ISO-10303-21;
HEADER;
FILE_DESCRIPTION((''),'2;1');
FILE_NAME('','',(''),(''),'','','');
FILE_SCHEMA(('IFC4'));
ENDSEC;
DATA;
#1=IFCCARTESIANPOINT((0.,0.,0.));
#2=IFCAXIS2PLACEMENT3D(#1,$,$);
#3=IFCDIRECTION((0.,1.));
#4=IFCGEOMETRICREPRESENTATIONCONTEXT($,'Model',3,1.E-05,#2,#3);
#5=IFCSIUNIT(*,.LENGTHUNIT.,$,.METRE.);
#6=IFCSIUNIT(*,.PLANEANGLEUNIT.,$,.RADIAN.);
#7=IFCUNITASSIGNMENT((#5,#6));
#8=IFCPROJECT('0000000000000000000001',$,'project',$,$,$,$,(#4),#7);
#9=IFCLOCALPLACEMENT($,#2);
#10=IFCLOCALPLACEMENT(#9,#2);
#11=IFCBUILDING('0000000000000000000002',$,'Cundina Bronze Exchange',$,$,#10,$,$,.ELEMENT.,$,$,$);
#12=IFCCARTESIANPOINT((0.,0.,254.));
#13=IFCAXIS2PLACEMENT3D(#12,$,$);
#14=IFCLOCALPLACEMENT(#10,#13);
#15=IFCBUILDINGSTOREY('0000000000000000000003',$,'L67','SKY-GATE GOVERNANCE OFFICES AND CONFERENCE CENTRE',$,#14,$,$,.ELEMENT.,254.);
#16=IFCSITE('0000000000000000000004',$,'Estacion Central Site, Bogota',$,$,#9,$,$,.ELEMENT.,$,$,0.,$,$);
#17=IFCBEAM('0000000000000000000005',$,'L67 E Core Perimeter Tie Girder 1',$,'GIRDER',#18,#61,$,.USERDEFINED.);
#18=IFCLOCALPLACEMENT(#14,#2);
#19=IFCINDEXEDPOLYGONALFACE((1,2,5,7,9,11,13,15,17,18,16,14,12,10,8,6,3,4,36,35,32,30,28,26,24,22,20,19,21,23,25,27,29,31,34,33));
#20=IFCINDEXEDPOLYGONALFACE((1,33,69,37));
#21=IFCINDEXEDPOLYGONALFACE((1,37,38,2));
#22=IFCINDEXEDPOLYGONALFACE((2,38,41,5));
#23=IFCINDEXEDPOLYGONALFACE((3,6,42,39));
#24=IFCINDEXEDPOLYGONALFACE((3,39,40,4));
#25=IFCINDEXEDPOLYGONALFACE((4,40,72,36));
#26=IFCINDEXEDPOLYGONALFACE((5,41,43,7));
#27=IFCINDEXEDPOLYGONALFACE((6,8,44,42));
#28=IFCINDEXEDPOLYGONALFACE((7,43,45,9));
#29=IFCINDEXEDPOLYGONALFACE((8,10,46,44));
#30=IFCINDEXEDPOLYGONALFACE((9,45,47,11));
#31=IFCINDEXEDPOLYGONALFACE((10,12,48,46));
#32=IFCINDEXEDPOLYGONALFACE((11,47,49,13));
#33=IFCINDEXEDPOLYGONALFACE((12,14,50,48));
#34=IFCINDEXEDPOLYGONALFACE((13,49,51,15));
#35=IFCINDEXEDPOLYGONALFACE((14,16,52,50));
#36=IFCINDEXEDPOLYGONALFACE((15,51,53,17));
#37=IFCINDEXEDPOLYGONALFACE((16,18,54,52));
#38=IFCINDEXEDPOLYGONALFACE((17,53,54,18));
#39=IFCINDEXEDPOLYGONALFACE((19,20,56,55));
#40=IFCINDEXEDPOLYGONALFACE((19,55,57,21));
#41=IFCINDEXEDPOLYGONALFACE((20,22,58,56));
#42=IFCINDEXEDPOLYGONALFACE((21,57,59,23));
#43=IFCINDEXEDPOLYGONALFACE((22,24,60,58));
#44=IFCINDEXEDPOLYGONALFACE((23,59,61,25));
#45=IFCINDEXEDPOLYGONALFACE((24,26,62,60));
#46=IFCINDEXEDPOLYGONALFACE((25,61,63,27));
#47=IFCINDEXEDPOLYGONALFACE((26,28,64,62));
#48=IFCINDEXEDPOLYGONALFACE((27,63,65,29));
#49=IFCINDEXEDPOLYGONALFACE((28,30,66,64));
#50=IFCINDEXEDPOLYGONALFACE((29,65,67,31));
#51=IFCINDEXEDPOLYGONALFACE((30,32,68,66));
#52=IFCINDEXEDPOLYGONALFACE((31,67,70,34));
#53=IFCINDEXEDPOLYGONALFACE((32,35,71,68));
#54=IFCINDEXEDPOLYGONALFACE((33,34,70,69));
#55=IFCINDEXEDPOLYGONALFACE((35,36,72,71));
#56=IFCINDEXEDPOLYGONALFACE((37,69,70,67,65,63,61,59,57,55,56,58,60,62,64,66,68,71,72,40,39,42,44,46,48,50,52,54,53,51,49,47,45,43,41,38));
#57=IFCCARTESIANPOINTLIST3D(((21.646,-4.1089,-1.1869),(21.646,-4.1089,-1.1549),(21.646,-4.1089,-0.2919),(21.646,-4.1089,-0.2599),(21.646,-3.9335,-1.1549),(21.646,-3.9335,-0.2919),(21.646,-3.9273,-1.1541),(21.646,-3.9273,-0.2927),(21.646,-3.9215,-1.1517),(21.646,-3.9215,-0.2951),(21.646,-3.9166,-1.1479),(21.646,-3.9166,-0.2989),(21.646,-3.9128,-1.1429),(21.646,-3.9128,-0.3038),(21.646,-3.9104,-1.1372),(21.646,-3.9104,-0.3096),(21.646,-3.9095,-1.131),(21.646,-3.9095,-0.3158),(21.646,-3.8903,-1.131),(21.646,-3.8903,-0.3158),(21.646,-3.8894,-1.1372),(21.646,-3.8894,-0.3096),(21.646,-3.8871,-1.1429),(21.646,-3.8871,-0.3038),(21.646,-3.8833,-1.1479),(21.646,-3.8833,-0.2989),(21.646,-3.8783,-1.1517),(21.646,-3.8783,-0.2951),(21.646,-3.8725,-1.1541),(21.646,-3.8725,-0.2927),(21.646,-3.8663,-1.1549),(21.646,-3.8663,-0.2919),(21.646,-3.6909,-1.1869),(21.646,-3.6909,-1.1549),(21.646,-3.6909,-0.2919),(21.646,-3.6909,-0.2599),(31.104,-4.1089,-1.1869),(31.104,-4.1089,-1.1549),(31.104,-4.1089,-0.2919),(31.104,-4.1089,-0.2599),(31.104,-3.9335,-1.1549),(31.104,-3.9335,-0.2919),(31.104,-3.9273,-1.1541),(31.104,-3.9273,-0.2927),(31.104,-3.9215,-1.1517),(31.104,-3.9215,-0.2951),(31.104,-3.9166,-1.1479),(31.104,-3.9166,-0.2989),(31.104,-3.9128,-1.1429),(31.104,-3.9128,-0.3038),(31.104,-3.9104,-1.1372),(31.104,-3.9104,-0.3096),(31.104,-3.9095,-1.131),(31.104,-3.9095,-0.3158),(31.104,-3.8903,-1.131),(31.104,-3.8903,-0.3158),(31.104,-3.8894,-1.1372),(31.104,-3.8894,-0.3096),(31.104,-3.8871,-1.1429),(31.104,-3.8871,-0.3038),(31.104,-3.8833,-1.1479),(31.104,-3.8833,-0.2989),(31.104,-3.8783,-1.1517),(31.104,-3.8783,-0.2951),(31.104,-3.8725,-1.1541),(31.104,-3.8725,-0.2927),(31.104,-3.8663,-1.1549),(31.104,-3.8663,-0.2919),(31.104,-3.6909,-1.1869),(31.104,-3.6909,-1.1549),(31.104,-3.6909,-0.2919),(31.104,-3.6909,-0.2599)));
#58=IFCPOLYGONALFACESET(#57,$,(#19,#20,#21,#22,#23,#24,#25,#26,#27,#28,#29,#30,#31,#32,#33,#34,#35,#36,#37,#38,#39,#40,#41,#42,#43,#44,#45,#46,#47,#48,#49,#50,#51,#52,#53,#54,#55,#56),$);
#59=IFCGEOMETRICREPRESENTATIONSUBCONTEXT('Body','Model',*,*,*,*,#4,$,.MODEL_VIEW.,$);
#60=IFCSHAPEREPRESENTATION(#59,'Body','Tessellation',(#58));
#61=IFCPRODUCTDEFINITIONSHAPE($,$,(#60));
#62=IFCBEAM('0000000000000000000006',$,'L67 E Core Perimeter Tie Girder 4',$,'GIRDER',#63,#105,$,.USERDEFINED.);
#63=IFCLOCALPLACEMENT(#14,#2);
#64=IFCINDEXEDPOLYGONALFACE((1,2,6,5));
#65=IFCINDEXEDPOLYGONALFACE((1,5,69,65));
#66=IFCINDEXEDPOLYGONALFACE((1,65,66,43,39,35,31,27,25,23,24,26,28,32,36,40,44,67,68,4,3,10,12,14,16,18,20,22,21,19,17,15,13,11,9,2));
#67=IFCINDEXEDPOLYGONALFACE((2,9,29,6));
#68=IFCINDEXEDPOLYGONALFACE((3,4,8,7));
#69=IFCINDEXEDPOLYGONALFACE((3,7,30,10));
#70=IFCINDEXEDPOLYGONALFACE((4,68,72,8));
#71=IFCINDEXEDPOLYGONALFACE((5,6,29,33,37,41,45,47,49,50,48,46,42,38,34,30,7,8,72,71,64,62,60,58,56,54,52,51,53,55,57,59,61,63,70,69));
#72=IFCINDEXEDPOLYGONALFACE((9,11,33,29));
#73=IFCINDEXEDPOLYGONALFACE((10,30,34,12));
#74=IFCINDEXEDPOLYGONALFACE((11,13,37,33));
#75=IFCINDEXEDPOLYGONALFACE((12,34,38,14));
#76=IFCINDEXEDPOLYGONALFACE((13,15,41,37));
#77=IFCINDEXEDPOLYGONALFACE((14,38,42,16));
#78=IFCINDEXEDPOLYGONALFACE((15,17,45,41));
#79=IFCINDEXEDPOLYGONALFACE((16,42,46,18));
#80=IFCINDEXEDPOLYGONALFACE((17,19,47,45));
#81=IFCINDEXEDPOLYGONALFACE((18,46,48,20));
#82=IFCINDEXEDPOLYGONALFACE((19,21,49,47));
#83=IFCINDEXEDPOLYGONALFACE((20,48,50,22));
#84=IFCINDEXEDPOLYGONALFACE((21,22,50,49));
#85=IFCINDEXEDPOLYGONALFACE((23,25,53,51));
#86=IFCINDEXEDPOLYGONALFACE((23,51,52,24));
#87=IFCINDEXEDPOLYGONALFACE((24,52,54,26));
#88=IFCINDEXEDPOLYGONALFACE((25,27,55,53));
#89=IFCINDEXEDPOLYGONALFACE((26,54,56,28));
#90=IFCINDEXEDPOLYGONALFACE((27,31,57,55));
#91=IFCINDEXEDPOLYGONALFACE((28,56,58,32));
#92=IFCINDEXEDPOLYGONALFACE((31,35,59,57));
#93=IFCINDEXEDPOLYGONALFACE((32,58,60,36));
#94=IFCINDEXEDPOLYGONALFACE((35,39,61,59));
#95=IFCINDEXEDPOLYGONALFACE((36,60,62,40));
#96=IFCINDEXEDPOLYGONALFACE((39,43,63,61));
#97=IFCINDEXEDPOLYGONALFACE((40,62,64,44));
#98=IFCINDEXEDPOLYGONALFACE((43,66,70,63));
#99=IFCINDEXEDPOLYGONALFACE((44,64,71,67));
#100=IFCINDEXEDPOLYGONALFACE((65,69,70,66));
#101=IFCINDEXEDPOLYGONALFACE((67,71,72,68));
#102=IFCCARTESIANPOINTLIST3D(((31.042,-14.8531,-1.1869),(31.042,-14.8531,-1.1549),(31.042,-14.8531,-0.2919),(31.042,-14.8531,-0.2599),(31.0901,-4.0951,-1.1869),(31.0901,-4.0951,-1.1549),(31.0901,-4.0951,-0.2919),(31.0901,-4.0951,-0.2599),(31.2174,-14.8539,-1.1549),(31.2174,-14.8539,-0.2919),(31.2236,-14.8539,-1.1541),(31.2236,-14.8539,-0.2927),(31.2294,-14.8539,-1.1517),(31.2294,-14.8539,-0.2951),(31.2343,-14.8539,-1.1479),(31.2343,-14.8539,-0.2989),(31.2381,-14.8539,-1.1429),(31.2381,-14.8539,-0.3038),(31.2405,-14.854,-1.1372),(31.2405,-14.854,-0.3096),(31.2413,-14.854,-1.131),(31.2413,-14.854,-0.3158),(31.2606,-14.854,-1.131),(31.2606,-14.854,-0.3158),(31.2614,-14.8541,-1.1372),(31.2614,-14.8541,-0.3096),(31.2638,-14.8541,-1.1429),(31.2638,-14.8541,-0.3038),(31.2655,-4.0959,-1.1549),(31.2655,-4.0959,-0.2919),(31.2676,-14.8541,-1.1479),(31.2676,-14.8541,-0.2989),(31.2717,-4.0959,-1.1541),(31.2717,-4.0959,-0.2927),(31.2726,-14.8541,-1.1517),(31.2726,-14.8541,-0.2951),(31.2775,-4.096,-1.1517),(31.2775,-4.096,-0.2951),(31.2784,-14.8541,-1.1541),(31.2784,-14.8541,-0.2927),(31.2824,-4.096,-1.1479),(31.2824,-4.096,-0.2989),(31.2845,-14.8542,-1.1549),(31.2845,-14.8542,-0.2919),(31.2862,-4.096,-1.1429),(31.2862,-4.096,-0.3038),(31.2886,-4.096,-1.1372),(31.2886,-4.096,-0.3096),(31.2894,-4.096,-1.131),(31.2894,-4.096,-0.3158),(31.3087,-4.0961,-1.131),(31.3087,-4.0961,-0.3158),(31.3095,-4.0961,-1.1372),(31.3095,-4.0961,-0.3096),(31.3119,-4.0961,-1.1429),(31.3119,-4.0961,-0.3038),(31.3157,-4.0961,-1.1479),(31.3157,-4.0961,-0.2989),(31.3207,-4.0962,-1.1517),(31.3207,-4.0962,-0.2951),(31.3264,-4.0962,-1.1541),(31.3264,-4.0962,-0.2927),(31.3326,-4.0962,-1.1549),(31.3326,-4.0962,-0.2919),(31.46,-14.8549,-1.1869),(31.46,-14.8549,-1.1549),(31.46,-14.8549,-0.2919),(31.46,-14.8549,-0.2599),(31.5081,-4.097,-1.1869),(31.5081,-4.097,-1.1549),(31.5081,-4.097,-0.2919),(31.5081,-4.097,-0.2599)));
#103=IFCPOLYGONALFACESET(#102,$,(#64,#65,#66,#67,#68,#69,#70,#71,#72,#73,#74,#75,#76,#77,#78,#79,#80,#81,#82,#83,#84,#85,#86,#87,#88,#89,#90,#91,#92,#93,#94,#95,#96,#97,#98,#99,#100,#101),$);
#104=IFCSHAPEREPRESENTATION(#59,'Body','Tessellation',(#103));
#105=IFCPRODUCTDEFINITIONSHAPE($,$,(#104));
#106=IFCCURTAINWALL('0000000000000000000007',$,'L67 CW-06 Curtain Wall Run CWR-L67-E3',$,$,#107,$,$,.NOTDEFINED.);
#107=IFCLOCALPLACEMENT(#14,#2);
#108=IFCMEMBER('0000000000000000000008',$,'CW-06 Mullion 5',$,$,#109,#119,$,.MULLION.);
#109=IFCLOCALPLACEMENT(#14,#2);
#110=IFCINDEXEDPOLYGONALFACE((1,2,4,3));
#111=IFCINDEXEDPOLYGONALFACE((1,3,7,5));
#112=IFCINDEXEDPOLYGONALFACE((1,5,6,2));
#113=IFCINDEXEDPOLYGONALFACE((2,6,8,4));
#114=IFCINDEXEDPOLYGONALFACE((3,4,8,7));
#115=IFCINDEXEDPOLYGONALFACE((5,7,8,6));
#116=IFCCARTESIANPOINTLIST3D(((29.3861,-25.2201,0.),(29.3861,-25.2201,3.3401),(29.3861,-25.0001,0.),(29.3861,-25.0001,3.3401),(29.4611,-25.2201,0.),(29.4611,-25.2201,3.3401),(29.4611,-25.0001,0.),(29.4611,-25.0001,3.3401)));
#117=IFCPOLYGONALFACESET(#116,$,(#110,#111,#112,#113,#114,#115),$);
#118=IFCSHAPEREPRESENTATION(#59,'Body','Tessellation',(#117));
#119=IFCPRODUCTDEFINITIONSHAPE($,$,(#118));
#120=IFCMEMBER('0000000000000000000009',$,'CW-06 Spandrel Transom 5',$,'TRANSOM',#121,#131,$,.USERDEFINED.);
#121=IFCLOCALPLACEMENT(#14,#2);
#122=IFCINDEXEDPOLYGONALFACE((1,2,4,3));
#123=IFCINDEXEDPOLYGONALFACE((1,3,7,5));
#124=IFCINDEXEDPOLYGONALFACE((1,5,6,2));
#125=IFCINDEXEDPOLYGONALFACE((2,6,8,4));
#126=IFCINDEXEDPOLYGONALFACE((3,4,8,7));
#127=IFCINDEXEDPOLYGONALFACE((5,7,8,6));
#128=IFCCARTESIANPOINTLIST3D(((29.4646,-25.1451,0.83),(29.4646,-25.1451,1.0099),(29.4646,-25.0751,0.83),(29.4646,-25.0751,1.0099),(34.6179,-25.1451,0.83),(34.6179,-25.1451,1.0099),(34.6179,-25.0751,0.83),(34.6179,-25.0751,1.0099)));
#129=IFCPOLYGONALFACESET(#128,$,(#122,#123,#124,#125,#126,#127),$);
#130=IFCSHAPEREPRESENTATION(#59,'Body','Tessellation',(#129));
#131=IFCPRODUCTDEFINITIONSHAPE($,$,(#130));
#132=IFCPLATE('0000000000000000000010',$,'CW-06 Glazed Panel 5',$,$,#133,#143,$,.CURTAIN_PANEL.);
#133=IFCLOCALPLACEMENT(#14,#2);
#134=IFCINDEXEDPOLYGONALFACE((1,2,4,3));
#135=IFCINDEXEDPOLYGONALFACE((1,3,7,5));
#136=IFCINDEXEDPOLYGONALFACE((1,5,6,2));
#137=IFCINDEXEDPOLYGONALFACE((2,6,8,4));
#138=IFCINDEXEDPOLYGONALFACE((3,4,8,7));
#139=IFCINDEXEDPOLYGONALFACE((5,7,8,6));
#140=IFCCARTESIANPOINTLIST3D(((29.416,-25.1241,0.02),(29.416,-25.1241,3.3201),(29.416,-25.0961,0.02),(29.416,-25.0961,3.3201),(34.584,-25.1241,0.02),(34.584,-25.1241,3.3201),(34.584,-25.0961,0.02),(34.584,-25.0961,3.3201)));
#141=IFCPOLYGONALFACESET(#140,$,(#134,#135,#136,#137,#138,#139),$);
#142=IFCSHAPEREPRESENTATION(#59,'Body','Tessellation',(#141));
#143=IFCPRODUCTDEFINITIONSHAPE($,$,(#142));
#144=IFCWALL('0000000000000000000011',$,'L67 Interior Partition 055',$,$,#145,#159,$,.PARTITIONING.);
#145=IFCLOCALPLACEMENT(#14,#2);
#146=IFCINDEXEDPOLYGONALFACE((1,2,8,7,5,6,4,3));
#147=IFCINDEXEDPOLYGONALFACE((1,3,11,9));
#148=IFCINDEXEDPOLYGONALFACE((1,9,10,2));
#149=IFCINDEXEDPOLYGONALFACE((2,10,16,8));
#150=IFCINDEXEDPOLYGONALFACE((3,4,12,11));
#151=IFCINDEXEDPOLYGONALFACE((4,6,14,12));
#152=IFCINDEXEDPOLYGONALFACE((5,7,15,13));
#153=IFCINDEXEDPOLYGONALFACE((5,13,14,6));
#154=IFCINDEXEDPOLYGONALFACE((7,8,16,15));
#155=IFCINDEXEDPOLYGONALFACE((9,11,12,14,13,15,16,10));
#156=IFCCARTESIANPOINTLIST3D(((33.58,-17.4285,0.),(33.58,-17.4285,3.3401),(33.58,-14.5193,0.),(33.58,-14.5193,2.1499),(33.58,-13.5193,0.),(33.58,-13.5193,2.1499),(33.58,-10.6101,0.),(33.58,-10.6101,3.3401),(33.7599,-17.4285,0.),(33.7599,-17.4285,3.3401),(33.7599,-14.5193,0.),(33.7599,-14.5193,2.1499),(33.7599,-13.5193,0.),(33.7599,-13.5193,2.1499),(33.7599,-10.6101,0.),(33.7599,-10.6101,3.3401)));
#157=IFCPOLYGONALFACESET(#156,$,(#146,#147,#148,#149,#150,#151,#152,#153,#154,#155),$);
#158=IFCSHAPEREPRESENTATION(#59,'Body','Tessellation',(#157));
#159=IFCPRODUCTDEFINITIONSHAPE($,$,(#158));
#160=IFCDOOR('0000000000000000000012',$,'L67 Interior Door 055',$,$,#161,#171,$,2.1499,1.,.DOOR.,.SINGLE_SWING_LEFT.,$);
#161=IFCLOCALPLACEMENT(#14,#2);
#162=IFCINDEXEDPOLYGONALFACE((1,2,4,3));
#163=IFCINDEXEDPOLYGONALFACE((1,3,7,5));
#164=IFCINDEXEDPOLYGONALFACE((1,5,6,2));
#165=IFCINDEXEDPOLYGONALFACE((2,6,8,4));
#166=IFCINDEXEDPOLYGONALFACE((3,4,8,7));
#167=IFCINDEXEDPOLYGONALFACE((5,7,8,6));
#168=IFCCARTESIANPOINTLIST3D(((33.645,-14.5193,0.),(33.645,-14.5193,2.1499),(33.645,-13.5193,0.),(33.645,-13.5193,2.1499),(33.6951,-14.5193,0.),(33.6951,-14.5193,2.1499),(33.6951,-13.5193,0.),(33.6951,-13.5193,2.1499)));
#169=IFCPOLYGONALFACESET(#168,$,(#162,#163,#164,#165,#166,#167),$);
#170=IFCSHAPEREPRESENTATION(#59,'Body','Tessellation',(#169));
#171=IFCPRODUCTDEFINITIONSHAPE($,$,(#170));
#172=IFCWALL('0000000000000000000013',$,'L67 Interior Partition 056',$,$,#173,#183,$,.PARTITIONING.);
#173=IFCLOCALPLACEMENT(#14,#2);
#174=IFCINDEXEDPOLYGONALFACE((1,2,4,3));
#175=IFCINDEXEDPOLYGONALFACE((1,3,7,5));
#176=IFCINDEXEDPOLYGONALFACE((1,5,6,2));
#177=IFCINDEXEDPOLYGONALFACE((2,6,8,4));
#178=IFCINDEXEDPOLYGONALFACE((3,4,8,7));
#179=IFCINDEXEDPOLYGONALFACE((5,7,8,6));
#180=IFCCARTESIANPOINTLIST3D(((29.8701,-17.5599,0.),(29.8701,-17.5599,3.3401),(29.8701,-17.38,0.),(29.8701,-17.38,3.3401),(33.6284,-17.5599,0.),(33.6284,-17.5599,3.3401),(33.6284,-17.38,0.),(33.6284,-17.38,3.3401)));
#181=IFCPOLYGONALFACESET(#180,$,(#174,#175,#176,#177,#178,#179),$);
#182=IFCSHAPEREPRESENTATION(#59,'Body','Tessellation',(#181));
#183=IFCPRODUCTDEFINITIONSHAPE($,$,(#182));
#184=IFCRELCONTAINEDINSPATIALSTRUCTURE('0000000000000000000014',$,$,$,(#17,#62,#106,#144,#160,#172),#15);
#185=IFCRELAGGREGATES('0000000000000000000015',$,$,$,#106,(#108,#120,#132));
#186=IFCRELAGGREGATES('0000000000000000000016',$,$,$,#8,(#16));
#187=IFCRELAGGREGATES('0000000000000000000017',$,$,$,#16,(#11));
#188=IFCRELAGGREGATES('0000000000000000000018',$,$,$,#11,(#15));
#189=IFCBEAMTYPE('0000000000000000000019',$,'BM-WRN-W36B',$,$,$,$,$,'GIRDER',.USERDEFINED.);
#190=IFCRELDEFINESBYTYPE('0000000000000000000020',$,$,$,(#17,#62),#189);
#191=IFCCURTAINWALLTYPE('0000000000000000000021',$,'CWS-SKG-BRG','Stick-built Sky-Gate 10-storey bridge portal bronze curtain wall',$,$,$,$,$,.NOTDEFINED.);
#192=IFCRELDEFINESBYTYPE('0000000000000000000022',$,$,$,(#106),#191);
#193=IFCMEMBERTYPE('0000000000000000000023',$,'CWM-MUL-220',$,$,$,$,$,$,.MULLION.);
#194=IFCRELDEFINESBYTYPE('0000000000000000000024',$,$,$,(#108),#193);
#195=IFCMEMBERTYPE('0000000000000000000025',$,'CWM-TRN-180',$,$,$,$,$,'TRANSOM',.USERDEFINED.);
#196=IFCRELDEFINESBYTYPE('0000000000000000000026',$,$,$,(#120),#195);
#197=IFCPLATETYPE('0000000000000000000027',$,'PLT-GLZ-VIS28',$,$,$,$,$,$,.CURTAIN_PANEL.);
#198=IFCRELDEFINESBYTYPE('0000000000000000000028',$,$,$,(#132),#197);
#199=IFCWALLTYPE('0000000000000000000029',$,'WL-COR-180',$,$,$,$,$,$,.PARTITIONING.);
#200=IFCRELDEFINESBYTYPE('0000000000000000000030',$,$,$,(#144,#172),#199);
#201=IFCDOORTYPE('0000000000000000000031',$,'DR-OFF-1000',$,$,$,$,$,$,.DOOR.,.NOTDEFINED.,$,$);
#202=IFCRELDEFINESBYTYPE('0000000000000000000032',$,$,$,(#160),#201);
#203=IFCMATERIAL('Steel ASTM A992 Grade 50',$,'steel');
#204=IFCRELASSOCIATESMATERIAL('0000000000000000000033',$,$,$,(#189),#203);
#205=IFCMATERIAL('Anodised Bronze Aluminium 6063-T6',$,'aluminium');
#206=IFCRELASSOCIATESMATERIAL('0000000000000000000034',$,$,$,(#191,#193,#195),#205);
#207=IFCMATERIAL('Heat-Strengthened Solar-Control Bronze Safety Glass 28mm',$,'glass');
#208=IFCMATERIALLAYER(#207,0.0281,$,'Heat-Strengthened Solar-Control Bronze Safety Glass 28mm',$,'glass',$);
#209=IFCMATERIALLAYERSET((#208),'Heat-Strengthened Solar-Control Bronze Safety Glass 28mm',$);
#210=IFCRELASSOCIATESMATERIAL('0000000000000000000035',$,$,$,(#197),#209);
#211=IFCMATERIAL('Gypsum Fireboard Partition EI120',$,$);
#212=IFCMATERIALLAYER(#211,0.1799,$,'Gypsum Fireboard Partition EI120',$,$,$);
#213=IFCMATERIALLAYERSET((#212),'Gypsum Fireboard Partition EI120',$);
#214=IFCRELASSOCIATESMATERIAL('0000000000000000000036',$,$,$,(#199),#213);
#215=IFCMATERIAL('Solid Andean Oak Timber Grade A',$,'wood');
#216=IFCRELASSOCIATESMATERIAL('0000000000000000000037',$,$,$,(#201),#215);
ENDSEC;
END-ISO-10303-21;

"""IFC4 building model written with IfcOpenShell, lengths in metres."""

from ifc_helpers import new_model, si_unit, direction, frame, frame_2d, origin, origin_2d, place, context, subcontext, project, spatial, rectangle, i_section, extrude, material, layer, layer_set, material_profile, profile_set, type_object, element, fill, aggregate, save


model = new_model("IFC4")

# Units and contexts
model_context = context("Model", 3, precision=1e-05, world=origin(), true_north=direction((0.0, 1.0)))
body_context = subcontext(model_context, "Body", "Model", "MODEL_VIEW")
ifc_project = project(units=[si_unit("LENGTHUNIT", "METRE"), si_unit("PLANEANGLEUNIT", "RADIAN")], contexts=[model_context])

# Site, building, storey
site_placement = place(None, origin())
site = spatial("IfcSite", under=ifc_project, at=site_placement, Name="Estacion Central Site, Bogota", CompositionType="ELEMENT", RefElevation=0.0)
building_placement = place(site_placement, origin())
building = spatial("IfcBuilding", under=site, at=building_placement, Name="Cundina Bronze Exchange", CompositionType="ELEMENT")
storey_placement = place(building_placement, frame((0.0, 0.0, 254.0)))
storey = spatial("IfcBuildingStorey", under=building, at=storey_placement, Name="L67", Description="SKY-GATE GOVERNANCE OFFICES AND CONFERENCE CENTRE", CompositionType="ELEMENT", Elevation=254.0)

# Shared definitions
ifc_material_1 = material(Name="Steel ASTM A992 Grade 50", Category="steel")

# Beams
ifc_material_profile_1 = material_profile(ifc_material_1, i_section(OverallWidth=0.418, OverallDepth=0.927, WebThickness=0.0193, FlangeThickness=0.032, FilletRadius=0.0239, at=origin_2d()), Name="W36X231", Category="steel")
ifc_profile_set_1 = profile_set([ifc_material_profile_1], Name="Steel ASTM A992 Grade 50")
beam_type_1 = type_object("IfcBeamType", Name="BM-WRN-W36B", ElementType="GIRDER", PredefinedType="USERDEFINED", material=ifc_profile_set_1)
beam_1_placement = place(storey_placement, frame((31.104, -3.8999, -0.7234), z_axis=(-1.0, 0.0, 0.0), x_axis=(0.0, -1.0, 0.0)))
element("IfcBeam", 1, at=beam_1_placement, inside=storey, type_object=beam_type_1, Name="L67 E Core Perimeter Tie Girder 1", ObjectType="GIRDER", PredefinedType="USERDEFINED", context=body_context, shape_type="SweptSolid", body=[
    extrude(i_section(OverallWidth=0.418, OverallDepth=0.927, WebThickness=0.0193, FlangeThickness=0.032, FilletRadius=0.0239, at=origin_2d()), origin(), (0.0, 0.0, 1.0), 9.458),
])
beam_2_placement = place(storey_placement, frame((31.251, -14.854, -0.7234), z_axis=(0.004471, 0.99999, 0.0), x_axis=(-0.99999, 0.004471, 0.0)))
element("IfcBeam", 2, at=beam_2_placement, inside=storey, type_object=beam_type_1, Name="L67 E Core Perimeter Tie Girder 4", ObjectType="GIRDER", PredefinedType="USERDEFINED", context=body_context, shape_type="SweptSolid", body=[
    extrude(i_section(OverallWidth=0.418, OverallDepth=0.927, WebThickness=0.0193, FlangeThickness=0.032, FilletRadius=0.0239, at=origin_2d()), origin(), (0.0, 0.0, 1.0), 10.7581),
])

# Curtain wall, members, plate
ifc_material_2 = material(Name="Anodised Bronze Aluminium 6063-T6", Category="aluminium")
curtain_wall_type = type_object("IfcCurtainWallType", Name="CWS-SKG-BRG", Description="Stick-built Sky-Gate 10-storey bridge portal bronze curtain wall", PredefinedType="NOTDEFINED", material=ifc_material_2)
curtain_wall_placement = place(storey_placement, origin())
curtain_wall = element("IfcCurtainWall", 3, at=curtain_wall_placement, inside=storey, type_object=curtain_wall_type, Name="L67 CW-06 Curtain Wall Run CWR-L67-E3", PredefinedType="NOTDEFINED")
ifc_material_profile_2 = material_profile(ifc_material_2, rectangle(XDim=0.075, YDim=0.22, at=origin_2d()), Name="AL75X220", Category="aluminium")
ifc_profile_set_2 = profile_set([ifc_material_profile_2], Name="Anodised Bronze Aluminium 6063-T6")
member_type_1 = type_object("IfcMemberType", Name="CWM-MUL-220", PredefinedType="MULLION", material=ifc_profile_set_2)
member_1_placement = place(storey_placement, frame((29.4236, -25.1101, 0.0), z_axis=(0.0, 0.0, 1.0), x_axis=(1.0, 0.0, 0.0)))
member_1 = element("IfcMember", 4, at=member_1_placement, type_object=member_type_1, Name="CW-06 Mullion 5", PredefinedType="MULLION", context=body_context, shape_type="SweptSolid", body=[
    extrude(rectangle(XDim=0.075, YDim=0.22, at=origin_2d()), origin(), (0.0, 0.0, 1.0), 3.3401),
])
ifc_material_profile_3 = material_profile(ifc_material_2, rectangle(XDim=0.0701, YDim=0.1799, at=origin_2d()), Name="AL70X180", Category="aluminium")
ifc_profile_set_3 = profile_set([ifc_material_profile_3], Name="Anodised Bronze Aluminium 6063-T6")
member_type_2 = type_object("IfcMemberType", Name="CWM-TRN-180", ElementType="TRANSOM", PredefinedType="USERDEFINED", material=ifc_profile_set_3)
member_2_placement = place(storey_placement, frame((29.4646, -25.1101, 0.9199), z_axis=(1.0, 0.0, 0.0), x_axis=(0.0, 1.0, 0.0)))
member_2 = element("IfcMember", 5, at=member_2_placement, type_object=member_type_2, Name="CW-06 Spandrel Transom 5", ObjectType="TRANSOM", PredefinedType="USERDEFINED", context=body_context, shape_type="SweptSolid", body=[
    extrude(rectangle(XDim=0.0701, YDim=0.1799, at=origin_2d()), origin(), (0.0, 0.0, 1.0), 5.1533),
])
ifc_material_3 = material(Name="Heat-Strengthened Solar-Control Bronze Safety Glass 28mm", Category="glass")
ifc_layer_1 = layer(ifc_material_3, 0.0281, Name="Heat-Strengthened Solar-Control Bronze Safety Glass 28mm", Category="glass")
ifc_layer_set_1 = layer_set([ifc_layer_1], Name="Heat-Strengthened Solar-Control Bronze Safety Glass 28mm")
plate_type = type_object("IfcPlateType", Name="PLT-GLZ-VIS28", PredefinedType="CURTAIN_PANEL", material=ifc_layer_set_1)
plate_placement = place(storey_placement, frame((32.0, -25.1101, 0.02), z_axis=(0.0, 0.0, 1.0), x_axis=(1.0, 0.0, 0.0)))
plate = element("IfcPlate", 6, at=plate_placement, type_object=plate_type, Name="CW-06 Glazed Panel 5", PredefinedType="CURTAIN_PANEL", context=body_context, shape_type="SweptSolid", body=[
    extrude(rectangle(XDim=5.168, YDim=0.0281, at=origin_2d()), origin(), (0.0, 0.0, 1.0), 3.3),
])
aggregate(curtain_wall, [member_1, member_2, plate])

# Wall, opening, door
ifc_material_4 = material(Name="Gypsum Fireboard Partition EI120")
ifc_layer_2 = layer(ifc_material_4, 0.1799, Name="Gypsum Fireboard Partition EI120")
ifc_layer_set_2 = layer_set([ifc_layer_2], Name="Gypsum Fireboard Partition EI120")
wall_type_1 = type_object("IfcWallType", Name="WL-COR-180", PredefinedType="PARTITIONING", material=ifc_layer_set_2)
ifc_material_5 = material(Name="Solid Andean Oak Timber Grade A", Category="wood")
door_type_1 = type_object("IfcDoorType", Name="DR-OFF-1000", OperationType="NOTDEFINED", PredefinedType="DOOR", material=ifc_material_5)
wall_1_placement = place(storey_placement, frame((33.6699, -17.4285, 0.0), z_axis=(0.0, 0.0, 1.0), x_axis=(0.0, 1.0, 0.0)))
wall_1 = element("IfcWall", 7, at=wall_1_placement, inside=storey, type_object=wall_type_1, Name="L67 Interior Partition 055", PredefinedType="PARTITIONING", context=body_context, shape_type="SweptSolid", body=[
    extrude(rectangle(XDim=6.8184, YDim=0.1799, at=frame_2d((3.4092, 0.0))), origin(), (0.0, 0.0, 1.0), 3.3401),
])
opening_1_placement = place(wall_1_placement, frame((2.9092, 0.0, 0.0)))
opening_1 = element("IfcOpeningElement", 8, at=opening_1_placement, cuts=wall_1, PredefinedType="OPENING", context=body_context, shape_type="SweptSolid", body=[
    extrude(rectangle(XDim=1.0, YDim=2.1499, at=frame_2d((0.5, 1.075))), frame((0.0, 0.0999, 0.0), z_axis=(0.0, -1.0, 0.0), x_axis=(1.0, 0.0, 0.0)), (0.0, 0.0, 1.0), 0.2),
])
door_1_placement = place(opening_1_placement, origin())
door_1 = element("IfcDoor", 9, at=door_1_placement, inside=storey, type_object=door_type_1, Name="L67 Interior Door 055", OperationType="SINGLE_SWING_LEFT", OverallHeight=2.1499, OverallWidth=1.0, PredefinedType="DOOR", context=body_context, shape_type="SweptSolid", body=[
    extrude(rectangle(XDim=1.0, YDim=2.1499, at=frame_2d((0.5, 1.075))), frame((0.0, 0.0249, 0.0), z_axis=(0.0, -1.0, 0.0), x_axis=(1.0, 0.0, 0.0)), (0.0, 0.0, 1.0), 0.05),
])
fill(opening_1, door_1)

# Wall
wall_2_placement = place(storey_placement, frame((29.8701, -17.47, 0.0), z_axis=(0.0, 0.0, 1.0), x_axis=(1.0, 0.0, 0.0)))
element("IfcWall", 10, at=wall_2_placement, inside=storey, type_object=wall_type_1, Name="L67 Interior Partition 056", PredefinedType="PARTITIONING", context=body_context, shape_type="SweptSolid", body=[
    extrude(rectangle(XDim=3.7583, YDim=0.1799, at=frame_2d((1.8792, 0.0))), origin(), (0.0, 0.0, 1.0), 3.3401),
])

save(model, "model.ifc")
